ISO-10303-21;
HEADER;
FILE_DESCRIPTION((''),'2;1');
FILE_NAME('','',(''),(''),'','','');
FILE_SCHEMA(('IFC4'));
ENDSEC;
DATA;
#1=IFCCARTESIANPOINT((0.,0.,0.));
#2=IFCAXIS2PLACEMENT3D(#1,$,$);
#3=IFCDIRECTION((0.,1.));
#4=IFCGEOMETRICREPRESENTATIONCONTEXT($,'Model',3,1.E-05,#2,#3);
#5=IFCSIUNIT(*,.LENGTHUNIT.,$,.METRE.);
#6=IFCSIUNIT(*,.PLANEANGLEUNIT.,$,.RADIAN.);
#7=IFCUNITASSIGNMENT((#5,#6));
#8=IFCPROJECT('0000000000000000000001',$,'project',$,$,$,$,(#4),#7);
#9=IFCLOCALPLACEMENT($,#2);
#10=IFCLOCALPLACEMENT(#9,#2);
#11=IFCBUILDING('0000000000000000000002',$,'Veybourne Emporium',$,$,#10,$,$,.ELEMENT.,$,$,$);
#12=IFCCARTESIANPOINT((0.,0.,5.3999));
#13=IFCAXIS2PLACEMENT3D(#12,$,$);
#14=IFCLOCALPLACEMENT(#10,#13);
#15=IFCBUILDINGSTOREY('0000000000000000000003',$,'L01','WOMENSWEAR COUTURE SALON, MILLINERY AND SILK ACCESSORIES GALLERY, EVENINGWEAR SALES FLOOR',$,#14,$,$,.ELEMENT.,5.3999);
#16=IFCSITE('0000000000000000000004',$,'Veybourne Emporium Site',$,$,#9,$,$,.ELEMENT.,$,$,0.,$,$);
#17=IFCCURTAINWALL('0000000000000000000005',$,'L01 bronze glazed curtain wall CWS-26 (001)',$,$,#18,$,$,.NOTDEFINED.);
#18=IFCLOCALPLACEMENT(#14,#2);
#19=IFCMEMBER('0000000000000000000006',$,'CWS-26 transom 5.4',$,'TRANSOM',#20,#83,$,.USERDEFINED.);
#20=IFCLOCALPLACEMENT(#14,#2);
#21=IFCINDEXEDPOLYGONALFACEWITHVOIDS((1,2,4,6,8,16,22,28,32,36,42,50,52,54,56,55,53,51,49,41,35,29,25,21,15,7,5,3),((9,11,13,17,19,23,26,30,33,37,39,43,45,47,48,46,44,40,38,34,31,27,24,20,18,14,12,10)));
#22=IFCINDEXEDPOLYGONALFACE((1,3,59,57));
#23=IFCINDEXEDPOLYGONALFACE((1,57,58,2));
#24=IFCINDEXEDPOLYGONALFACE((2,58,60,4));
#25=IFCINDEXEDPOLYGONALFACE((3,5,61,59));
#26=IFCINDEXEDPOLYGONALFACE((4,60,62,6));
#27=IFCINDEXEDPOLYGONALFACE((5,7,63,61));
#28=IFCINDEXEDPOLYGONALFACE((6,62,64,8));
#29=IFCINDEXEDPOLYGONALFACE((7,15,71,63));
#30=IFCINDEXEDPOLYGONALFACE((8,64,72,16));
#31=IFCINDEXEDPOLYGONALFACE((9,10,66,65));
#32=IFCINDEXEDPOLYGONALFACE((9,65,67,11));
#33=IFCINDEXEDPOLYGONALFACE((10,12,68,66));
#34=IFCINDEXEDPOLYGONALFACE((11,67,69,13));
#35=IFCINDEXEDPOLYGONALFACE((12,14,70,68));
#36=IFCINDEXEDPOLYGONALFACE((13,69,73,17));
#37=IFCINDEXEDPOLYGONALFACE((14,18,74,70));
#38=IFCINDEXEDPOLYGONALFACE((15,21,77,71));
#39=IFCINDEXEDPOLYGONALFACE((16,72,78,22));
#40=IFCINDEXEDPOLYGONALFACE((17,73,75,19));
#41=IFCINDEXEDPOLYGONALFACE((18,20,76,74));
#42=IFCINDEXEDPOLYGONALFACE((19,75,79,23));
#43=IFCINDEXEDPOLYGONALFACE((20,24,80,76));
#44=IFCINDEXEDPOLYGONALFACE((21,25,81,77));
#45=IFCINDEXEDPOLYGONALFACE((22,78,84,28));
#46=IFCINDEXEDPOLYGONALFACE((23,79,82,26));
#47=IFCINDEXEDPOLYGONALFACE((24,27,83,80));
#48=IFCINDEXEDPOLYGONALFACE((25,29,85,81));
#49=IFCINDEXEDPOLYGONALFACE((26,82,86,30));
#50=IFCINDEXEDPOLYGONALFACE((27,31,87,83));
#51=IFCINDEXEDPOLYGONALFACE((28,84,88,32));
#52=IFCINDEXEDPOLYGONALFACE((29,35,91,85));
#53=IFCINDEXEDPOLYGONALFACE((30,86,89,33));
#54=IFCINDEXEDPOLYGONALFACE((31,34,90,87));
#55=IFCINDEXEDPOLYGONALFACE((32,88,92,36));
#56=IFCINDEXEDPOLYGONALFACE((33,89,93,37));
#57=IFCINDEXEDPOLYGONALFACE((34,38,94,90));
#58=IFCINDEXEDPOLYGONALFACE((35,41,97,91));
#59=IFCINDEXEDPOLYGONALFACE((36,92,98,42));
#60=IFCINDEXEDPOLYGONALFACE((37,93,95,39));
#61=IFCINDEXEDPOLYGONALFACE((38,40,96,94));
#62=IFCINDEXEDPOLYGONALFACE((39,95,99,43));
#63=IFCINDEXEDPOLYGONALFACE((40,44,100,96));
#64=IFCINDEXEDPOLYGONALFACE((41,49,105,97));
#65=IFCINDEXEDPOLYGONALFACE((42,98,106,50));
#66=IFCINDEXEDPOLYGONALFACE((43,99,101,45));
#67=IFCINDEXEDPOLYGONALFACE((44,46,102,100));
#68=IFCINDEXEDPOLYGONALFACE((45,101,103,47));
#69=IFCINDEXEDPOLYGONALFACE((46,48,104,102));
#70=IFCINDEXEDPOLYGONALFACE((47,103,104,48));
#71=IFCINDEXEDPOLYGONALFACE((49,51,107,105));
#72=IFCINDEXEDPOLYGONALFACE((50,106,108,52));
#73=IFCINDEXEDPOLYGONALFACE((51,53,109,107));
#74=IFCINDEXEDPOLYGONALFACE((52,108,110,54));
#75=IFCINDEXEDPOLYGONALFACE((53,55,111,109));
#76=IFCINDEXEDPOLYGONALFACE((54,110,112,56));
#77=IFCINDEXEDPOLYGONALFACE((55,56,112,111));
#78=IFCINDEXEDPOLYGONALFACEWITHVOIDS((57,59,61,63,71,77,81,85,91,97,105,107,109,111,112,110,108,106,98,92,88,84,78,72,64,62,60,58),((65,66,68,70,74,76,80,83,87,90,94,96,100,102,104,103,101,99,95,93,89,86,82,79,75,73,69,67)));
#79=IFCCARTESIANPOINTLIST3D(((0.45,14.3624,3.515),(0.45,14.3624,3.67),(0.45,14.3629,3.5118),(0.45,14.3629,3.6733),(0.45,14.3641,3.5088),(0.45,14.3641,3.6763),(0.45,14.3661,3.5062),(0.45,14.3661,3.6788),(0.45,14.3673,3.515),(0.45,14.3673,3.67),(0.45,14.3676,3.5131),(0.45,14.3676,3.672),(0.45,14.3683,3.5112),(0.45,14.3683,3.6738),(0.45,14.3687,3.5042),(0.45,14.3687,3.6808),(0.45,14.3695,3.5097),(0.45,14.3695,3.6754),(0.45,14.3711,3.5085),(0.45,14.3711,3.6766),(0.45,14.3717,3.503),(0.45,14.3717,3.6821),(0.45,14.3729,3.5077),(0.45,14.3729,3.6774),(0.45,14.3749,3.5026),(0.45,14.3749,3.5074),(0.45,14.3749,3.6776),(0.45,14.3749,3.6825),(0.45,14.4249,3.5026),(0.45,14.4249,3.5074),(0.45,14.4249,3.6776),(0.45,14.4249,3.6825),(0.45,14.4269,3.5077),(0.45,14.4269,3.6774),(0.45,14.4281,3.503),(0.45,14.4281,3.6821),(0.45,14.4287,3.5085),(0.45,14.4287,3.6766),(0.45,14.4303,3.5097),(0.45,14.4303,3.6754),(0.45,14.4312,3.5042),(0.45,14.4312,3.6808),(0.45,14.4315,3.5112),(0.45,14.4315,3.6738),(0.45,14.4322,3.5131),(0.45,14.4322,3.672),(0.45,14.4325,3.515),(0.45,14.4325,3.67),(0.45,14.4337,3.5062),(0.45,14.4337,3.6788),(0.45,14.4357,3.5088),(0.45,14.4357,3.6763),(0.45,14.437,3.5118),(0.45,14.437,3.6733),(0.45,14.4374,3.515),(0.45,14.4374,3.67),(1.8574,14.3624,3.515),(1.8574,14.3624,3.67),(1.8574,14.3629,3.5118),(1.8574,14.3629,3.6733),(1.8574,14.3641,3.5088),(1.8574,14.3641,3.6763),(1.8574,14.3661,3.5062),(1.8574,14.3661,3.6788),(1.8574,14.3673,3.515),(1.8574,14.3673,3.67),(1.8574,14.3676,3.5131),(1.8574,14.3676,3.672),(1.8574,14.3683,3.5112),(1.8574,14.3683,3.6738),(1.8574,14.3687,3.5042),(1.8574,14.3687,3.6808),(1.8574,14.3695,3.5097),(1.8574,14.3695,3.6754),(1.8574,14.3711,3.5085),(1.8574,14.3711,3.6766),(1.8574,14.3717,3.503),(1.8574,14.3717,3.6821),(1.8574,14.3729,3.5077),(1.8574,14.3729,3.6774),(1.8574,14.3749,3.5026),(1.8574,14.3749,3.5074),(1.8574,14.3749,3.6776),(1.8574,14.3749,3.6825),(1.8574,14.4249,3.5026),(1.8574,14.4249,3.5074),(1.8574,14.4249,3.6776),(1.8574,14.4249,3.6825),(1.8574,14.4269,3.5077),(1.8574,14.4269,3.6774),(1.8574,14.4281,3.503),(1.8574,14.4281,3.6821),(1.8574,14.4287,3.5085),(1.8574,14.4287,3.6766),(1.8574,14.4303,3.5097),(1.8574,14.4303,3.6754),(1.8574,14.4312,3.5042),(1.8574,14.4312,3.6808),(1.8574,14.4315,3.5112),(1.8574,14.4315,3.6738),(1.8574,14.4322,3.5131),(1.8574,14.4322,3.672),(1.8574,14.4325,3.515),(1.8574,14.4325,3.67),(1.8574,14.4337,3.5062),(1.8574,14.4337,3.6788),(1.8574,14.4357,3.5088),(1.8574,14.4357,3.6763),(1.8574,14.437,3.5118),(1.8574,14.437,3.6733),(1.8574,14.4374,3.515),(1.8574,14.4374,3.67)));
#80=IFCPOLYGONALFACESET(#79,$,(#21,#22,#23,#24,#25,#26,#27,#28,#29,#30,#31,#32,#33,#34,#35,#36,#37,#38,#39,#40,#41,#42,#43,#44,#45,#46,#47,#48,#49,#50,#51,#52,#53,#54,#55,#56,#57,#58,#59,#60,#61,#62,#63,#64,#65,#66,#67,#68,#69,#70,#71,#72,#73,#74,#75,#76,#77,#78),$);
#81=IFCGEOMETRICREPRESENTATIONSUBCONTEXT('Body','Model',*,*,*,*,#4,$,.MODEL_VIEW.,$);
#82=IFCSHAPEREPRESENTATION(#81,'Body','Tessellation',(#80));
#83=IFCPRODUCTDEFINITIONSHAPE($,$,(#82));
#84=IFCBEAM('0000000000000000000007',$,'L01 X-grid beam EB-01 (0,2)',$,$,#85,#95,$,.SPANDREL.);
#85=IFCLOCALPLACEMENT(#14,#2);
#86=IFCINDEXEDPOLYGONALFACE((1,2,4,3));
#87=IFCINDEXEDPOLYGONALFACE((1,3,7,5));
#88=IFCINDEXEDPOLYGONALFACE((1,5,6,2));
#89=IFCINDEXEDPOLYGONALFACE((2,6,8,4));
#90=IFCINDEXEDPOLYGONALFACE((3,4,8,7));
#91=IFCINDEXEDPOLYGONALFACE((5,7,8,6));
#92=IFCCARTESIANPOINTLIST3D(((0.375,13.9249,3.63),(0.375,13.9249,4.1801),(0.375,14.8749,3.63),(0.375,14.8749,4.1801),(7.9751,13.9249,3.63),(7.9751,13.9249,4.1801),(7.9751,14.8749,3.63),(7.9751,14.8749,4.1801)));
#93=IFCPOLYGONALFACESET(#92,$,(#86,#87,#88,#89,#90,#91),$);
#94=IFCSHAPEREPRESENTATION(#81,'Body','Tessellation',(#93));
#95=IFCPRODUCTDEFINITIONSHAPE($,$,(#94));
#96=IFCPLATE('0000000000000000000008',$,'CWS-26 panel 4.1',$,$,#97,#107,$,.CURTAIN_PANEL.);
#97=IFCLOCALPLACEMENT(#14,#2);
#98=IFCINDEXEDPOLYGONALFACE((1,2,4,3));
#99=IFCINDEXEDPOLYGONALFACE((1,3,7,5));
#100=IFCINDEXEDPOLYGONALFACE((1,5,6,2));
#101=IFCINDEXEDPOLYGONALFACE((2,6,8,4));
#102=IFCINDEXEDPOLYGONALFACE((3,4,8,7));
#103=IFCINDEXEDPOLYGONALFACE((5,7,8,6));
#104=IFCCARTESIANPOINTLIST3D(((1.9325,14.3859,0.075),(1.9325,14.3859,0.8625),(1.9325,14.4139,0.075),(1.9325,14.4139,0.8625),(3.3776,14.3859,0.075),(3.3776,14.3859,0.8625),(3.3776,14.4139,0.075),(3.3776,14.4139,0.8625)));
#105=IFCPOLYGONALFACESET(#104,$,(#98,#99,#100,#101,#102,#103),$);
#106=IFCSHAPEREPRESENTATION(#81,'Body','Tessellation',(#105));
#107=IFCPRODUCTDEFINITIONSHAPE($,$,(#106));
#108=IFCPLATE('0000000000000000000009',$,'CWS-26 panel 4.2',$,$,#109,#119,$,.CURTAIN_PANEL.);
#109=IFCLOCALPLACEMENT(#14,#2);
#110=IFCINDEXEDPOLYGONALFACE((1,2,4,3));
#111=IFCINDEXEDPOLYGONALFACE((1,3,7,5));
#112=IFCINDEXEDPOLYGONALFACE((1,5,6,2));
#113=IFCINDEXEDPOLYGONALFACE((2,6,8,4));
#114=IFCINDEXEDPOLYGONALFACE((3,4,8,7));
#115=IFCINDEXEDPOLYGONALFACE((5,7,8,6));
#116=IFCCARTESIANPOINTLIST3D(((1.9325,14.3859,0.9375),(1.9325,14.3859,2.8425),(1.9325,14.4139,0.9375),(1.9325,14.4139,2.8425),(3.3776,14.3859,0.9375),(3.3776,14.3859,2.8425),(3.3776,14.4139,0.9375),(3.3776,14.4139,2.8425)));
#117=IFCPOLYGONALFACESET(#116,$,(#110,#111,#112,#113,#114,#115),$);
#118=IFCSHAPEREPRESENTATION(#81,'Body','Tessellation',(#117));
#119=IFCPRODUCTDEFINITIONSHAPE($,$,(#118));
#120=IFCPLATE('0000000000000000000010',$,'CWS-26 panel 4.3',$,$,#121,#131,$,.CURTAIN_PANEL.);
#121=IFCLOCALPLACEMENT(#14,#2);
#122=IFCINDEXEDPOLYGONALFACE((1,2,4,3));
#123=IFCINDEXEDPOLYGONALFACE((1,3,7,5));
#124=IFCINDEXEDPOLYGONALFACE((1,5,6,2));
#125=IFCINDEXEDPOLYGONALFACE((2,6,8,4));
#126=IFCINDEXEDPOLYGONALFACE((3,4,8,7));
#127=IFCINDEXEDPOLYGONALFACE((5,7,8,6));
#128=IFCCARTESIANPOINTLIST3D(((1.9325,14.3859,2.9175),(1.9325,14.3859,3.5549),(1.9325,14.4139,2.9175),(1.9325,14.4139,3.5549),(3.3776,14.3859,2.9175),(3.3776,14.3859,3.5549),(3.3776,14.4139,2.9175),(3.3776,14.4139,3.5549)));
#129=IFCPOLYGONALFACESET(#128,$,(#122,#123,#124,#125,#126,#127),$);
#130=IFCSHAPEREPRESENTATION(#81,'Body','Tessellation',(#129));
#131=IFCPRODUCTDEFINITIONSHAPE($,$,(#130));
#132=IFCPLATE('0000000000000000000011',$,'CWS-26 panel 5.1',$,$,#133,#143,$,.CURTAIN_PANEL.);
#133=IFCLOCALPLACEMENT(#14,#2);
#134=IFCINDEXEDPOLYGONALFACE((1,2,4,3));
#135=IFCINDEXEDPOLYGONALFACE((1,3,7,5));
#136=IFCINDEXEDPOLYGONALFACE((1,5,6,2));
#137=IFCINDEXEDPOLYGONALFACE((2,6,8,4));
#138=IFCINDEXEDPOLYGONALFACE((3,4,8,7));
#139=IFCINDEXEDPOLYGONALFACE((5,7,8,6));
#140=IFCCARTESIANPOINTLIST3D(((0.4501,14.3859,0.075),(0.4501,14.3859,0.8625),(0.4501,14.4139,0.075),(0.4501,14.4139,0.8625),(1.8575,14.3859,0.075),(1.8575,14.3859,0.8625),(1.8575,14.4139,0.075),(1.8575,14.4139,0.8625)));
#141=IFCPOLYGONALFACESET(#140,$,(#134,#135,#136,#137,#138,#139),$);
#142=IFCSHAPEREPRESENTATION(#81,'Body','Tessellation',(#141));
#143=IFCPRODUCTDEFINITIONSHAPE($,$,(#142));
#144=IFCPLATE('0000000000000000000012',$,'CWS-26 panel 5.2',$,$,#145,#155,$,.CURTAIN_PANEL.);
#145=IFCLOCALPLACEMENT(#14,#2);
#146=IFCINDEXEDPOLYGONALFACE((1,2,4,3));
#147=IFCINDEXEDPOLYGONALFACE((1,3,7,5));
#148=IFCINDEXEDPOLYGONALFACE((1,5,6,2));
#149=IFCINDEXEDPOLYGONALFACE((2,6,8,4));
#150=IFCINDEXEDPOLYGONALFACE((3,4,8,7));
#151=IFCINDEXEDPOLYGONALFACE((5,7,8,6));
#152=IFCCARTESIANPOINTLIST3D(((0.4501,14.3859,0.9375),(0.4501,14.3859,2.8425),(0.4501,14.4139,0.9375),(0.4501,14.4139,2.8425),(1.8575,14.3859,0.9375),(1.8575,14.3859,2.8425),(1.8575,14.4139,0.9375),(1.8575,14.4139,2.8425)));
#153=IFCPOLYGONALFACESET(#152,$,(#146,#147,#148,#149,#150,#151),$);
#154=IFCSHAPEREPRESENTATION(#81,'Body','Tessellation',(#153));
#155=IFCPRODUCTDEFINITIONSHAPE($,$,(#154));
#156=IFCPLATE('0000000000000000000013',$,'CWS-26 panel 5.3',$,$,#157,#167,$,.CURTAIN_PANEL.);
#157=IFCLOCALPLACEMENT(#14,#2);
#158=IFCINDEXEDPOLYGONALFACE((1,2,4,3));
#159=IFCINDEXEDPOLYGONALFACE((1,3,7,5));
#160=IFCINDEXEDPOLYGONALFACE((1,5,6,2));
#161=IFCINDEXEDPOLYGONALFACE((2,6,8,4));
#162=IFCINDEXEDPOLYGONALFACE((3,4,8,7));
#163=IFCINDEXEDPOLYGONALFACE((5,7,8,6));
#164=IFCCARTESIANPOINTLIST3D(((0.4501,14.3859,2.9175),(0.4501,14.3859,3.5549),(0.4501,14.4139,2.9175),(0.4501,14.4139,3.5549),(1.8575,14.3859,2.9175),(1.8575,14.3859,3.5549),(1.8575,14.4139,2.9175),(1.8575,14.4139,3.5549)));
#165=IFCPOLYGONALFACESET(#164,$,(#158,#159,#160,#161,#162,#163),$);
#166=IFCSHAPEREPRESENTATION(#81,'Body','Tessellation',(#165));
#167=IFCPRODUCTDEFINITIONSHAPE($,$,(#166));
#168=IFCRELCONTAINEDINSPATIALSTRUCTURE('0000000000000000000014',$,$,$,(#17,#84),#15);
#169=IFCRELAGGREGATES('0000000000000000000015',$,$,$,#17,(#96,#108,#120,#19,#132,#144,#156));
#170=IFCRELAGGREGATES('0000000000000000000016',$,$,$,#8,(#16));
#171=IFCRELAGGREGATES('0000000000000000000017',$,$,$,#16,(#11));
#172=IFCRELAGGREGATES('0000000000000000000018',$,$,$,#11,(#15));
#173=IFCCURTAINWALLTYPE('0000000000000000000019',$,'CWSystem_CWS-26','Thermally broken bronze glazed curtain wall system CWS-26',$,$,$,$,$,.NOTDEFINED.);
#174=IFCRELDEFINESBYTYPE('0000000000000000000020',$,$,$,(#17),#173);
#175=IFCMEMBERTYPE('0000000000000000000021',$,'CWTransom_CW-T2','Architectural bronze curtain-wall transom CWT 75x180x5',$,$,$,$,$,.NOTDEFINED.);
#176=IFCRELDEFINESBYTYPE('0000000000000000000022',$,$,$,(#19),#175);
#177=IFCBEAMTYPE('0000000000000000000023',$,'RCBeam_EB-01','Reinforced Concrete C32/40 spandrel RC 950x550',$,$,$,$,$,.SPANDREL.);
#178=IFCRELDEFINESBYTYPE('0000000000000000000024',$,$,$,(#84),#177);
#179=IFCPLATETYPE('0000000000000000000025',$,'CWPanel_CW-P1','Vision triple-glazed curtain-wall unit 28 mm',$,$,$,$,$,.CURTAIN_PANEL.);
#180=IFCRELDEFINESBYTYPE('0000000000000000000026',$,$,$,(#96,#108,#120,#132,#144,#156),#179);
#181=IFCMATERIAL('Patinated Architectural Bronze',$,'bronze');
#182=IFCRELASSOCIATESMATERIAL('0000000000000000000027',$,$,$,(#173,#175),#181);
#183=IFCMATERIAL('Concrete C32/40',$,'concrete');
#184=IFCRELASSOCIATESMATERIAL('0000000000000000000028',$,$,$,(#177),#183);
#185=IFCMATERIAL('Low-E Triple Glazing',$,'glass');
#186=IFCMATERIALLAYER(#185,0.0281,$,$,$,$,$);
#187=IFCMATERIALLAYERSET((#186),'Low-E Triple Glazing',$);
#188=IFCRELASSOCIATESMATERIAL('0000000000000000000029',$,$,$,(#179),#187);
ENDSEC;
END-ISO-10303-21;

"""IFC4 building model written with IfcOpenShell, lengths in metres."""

from ifc_helpers import new_model, si_unit, direction, frame, origin, origin_2d, place, context, subcontext, project, spatial, rectangle, hollow_rectangle, extrude, material, layer, layer_set, material_profile, profile_set, type_object, element, aggregate, save


model = new_model("IFC4")

# Units and contexts
model_context = context("Model", 3, precision=1e-05, world=origin(), true_north=direction((0.0, 1.0)))
body_context = subcontext(model_context, "Body", "Model", "MODEL_VIEW")
ifc_project = project(units=[si_unit("LENGTHUNIT", "METRE"), si_unit("PLANEANGLEUNIT", "RADIAN")], contexts=[model_context])

# Site, building, storey
site_placement = place(None, origin())
site = spatial("IfcSite", under=ifc_project, at=site_placement, Name="Veybourne Emporium Site", CompositionType="ELEMENT", RefElevation=0.0)
building_placement = place(site_placement, origin())
building = spatial("IfcBuilding", under=site, at=building_placement, Name="Veybourne Emporium", CompositionType="ELEMENT")
storey_placement = place(building_placement, frame((0.0, 0.0, 5.3999)))
storey = spatial("IfcBuildingStorey", under=building, at=storey_placement, Name="L01", Description="WOMENSWEAR COUTURE SALON, MILLINERY AND SILK ACCESSORIES GALLERY, EVENINGWEAR SALES FLOOR", CompositionType="ELEMENT", Elevation=5.3999)

# Curtain wall, member
ifc_material_1 = material(Name="Patinated Architectural Bronze", Category="bronze")
curtain_wall_type = type_object("IfcCurtainWallType", Name="CWSystem_CWS-26", Description="Thermally broken bronze glazed curtain wall system CWS-26", PredefinedType="NOTDEFINED", material=ifc_material_1)
curtain_wall_placement = place(storey_placement, origin())
curtain_wall = element("IfcCurtainWall", 1, at=curtain_wall_placement, inside=storey, type_object=curtain_wall_type, Name="L01 bronze glazed curtain wall CWS-26 (001)", PredefinedType="NOTDEFINED")
ifc_material_profile_1 = material_profile(ifc_material_1, hollow_rectangle(XDim=0.075, YDim=0.1799, WallThickness=0.0049, InnerFilletRadius=0.0076, OuterFilletRadius=0.0125, at=origin_2d()), Name="CWT 75x180x5")
ifc_profile_set_1 = profile_set([ifc_material_profile_1], Name="Patinated Architectural Bronze")
member_type_1 = type_object("IfcMemberType", Name="CWTransom_CW-T2", Description="Architectural bronze curtain-wall transom CWT 75x180x5", PredefinedType="NOTDEFINED", material=ifc_profile_set_1)
member_1_placement = place(storey_placement, frame((1.8574, 14.3999, 3.5925), z_axis=(-1.0, 0.0, 0.0), x_axis=(0.0, -1.0, 0.0)))
member_1 = element("IfcMember", 2, at=member_1_placement, type_object=member_type_1, Name="CWS-26 transom 5.4", ObjectType="TRANSOM", PredefinedType="USERDEFINED", context=body_context, shape_type="SweptSolid", body=[
    extrude(hollow_rectangle(XDim=0.075, YDim=0.1799, WallThickness=0.0049, InnerFilletRadius=0.0076, OuterFilletRadius=0.0125, at=origin_2d()), origin(), (0.0, 0.0, 1.0), 1.4075),
])

# Beam
ifc_material_2 = material(Name="Concrete C32/40", Category="concrete")
ifc_material_profile_2 = material_profile(ifc_material_2, rectangle(XDim=0.95, YDim=0.55, at=origin_2d()), Name="RC 950x550")
ifc_profile_set_2 = profile_set([ifc_material_profile_2], Name="Concrete C32/40")
beam_type = type_object("IfcBeamType", Name="RCBeam_EB-01", Description="Reinforced Concrete C32/40 spandrel RC 950x550", PredefinedType="SPANDREL", material=ifc_profile_set_2)
beam_placement = place(storey_placement, frame((0.375, 14.3999, 3.905), z_axis=(1.0, 0.0, 0.0), x_axis=(0.0, 1.0, 0.0)))
element("IfcBeam", 3, at=beam_placement, inside=storey, type_object=beam_type, Name="L01 X-grid beam EB-01 (0,2)", PredefinedType="SPANDREL", context=body_context, shape_type="SweptSolid", body=[
    extrude(rectangle(XDim=0.95, YDim=0.55, at=origin_2d()), origin(), (0.0, 0.0, 1.0), 7.6001),
])

# Plates
ifc_material_3 = material(Name="Low-E Triple Glazing", Category="glass")
ifc_layer_1 = layer(ifc_material_3, 0.0281)
ifc_layer_set_1 = layer_set([ifc_layer_1], Name="Low-E Triple Glazing")
plate_type = type_object("IfcPlateType", Name="CWPanel_CW-P1", Description="Vision triple-glazed curtain-wall unit 28 mm", PredefinedType="CURTAIN_PANEL", material=ifc_layer_set_1)
plate_1_placement = place(storey_placement, frame((2.655, 14.3999, 0.075), z_axis=(0.0, 0.0, 1.0), x_axis=(-1.0, 0.0, 0.0)))
plate_1 = element("IfcPlate", 4, at=plate_1_placement, type_object=plate_type, Name="CWS-26 panel 4.1", PredefinedType="CURTAIN_PANEL", context=body_context, shape_type="SweptSolid", body=[
    extrude(rectangle(XDim=1.4451, YDim=0.0281, at=origin_2d()), origin(), (0.0, 0.0, 1.0), 0.7876),
])
plate_2_placement = place(storey_placement, frame((2.655, 14.3999, 0.9375), z_axis=(0.0, 0.0, 1.0), x_axis=(-1.0, 0.0, 0.0)))
plate_2 = element("IfcPlate", 5, at=plate_2_placement, type_object=plate_type, Name="CWS-26 panel 4.2", PredefinedType="CURTAIN_PANEL", context=body_context, shape_type="SweptSolid", body=[
    extrude(rectangle(XDim=1.4451, YDim=0.0281, at=origin_2d()), origin(), (0.0, 0.0, 1.0), 1.905),
])
plate_3_placement = place(storey_placement, frame((2.655, 14.3999, 2.9175), z_axis=(0.0, 0.0, 1.0), x_axis=(-1.0, 0.0, 0.0)))
plate_3 = element("IfcPlate", 6, at=plate_3_placement, type_object=plate_type, Name="CWS-26 panel 4.3", PredefinedType="CURTAIN_PANEL", context=body_context, shape_type="SweptSolid", body=[
    extrude(rectangle(XDim=1.4451, YDim=0.0281, at=origin_2d()), origin(), (0.0, 0.0, 1.0), 0.6375),
])
plate_4_placement = place(storey_placement, frame((1.1538, 14.3999, 0.075), z_axis=(0.0, 0.0, 1.0), x_axis=(-1.0, 0.0, 0.0)))
plate_4 = element("IfcPlate", 7, at=plate_4_placement, type_object=plate_type, Name="CWS-26 panel 5.1", PredefinedType="CURTAIN_PANEL", context=body_context, shape_type="SweptSolid", body=[
    extrude(rectangle(XDim=1.4075, YDim=0.0281, at=origin_2d()), origin(), (0.0, 0.0, 1.0), 0.7876),
])
plate_5_placement = place(storey_placement, frame((1.1538, 14.3999, 0.9375), z_axis=(0.0, 0.0, 1.0), x_axis=(-1.0, 0.0, 0.0)))
plate_5 = element("IfcPlate", 8, at=plate_5_placement, type_object=plate_type, Name="CWS-26 panel 5.2", PredefinedType="CURTAIN_PANEL", context=body_context, shape_type="SweptSolid", body=[
    extrude(rectangle(XDim=1.4075, YDim=0.0281, at=origin_2d()), origin(), (0.0, 0.0, 1.0), 1.905),
])
plate_6_placement = place(storey_placement, frame((1.1538, 14.3999, 2.9175), z_axis=(0.0, 0.0, 1.0), x_axis=(-1.0, 0.0, 0.0)))
plate_6 = element("IfcPlate", 9, at=plate_6_placement, type_object=plate_type, Name="CWS-26 panel 5.3", PredefinedType="CURTAIN_PANEL", context=body_context, shape_type="SweptSolid", body=[
    extrude(rectangle(XDim=1.4075, YDim=0.0281, at=origin_2d()), origin(), (0.0, 0.0, 1.0), 0.6375),
])
aggregate(curtain_wall, [plate_1, plate_2, plate_3, member_1, plate_4, plate_5, plate_6])

save(model, "model.ifc")
